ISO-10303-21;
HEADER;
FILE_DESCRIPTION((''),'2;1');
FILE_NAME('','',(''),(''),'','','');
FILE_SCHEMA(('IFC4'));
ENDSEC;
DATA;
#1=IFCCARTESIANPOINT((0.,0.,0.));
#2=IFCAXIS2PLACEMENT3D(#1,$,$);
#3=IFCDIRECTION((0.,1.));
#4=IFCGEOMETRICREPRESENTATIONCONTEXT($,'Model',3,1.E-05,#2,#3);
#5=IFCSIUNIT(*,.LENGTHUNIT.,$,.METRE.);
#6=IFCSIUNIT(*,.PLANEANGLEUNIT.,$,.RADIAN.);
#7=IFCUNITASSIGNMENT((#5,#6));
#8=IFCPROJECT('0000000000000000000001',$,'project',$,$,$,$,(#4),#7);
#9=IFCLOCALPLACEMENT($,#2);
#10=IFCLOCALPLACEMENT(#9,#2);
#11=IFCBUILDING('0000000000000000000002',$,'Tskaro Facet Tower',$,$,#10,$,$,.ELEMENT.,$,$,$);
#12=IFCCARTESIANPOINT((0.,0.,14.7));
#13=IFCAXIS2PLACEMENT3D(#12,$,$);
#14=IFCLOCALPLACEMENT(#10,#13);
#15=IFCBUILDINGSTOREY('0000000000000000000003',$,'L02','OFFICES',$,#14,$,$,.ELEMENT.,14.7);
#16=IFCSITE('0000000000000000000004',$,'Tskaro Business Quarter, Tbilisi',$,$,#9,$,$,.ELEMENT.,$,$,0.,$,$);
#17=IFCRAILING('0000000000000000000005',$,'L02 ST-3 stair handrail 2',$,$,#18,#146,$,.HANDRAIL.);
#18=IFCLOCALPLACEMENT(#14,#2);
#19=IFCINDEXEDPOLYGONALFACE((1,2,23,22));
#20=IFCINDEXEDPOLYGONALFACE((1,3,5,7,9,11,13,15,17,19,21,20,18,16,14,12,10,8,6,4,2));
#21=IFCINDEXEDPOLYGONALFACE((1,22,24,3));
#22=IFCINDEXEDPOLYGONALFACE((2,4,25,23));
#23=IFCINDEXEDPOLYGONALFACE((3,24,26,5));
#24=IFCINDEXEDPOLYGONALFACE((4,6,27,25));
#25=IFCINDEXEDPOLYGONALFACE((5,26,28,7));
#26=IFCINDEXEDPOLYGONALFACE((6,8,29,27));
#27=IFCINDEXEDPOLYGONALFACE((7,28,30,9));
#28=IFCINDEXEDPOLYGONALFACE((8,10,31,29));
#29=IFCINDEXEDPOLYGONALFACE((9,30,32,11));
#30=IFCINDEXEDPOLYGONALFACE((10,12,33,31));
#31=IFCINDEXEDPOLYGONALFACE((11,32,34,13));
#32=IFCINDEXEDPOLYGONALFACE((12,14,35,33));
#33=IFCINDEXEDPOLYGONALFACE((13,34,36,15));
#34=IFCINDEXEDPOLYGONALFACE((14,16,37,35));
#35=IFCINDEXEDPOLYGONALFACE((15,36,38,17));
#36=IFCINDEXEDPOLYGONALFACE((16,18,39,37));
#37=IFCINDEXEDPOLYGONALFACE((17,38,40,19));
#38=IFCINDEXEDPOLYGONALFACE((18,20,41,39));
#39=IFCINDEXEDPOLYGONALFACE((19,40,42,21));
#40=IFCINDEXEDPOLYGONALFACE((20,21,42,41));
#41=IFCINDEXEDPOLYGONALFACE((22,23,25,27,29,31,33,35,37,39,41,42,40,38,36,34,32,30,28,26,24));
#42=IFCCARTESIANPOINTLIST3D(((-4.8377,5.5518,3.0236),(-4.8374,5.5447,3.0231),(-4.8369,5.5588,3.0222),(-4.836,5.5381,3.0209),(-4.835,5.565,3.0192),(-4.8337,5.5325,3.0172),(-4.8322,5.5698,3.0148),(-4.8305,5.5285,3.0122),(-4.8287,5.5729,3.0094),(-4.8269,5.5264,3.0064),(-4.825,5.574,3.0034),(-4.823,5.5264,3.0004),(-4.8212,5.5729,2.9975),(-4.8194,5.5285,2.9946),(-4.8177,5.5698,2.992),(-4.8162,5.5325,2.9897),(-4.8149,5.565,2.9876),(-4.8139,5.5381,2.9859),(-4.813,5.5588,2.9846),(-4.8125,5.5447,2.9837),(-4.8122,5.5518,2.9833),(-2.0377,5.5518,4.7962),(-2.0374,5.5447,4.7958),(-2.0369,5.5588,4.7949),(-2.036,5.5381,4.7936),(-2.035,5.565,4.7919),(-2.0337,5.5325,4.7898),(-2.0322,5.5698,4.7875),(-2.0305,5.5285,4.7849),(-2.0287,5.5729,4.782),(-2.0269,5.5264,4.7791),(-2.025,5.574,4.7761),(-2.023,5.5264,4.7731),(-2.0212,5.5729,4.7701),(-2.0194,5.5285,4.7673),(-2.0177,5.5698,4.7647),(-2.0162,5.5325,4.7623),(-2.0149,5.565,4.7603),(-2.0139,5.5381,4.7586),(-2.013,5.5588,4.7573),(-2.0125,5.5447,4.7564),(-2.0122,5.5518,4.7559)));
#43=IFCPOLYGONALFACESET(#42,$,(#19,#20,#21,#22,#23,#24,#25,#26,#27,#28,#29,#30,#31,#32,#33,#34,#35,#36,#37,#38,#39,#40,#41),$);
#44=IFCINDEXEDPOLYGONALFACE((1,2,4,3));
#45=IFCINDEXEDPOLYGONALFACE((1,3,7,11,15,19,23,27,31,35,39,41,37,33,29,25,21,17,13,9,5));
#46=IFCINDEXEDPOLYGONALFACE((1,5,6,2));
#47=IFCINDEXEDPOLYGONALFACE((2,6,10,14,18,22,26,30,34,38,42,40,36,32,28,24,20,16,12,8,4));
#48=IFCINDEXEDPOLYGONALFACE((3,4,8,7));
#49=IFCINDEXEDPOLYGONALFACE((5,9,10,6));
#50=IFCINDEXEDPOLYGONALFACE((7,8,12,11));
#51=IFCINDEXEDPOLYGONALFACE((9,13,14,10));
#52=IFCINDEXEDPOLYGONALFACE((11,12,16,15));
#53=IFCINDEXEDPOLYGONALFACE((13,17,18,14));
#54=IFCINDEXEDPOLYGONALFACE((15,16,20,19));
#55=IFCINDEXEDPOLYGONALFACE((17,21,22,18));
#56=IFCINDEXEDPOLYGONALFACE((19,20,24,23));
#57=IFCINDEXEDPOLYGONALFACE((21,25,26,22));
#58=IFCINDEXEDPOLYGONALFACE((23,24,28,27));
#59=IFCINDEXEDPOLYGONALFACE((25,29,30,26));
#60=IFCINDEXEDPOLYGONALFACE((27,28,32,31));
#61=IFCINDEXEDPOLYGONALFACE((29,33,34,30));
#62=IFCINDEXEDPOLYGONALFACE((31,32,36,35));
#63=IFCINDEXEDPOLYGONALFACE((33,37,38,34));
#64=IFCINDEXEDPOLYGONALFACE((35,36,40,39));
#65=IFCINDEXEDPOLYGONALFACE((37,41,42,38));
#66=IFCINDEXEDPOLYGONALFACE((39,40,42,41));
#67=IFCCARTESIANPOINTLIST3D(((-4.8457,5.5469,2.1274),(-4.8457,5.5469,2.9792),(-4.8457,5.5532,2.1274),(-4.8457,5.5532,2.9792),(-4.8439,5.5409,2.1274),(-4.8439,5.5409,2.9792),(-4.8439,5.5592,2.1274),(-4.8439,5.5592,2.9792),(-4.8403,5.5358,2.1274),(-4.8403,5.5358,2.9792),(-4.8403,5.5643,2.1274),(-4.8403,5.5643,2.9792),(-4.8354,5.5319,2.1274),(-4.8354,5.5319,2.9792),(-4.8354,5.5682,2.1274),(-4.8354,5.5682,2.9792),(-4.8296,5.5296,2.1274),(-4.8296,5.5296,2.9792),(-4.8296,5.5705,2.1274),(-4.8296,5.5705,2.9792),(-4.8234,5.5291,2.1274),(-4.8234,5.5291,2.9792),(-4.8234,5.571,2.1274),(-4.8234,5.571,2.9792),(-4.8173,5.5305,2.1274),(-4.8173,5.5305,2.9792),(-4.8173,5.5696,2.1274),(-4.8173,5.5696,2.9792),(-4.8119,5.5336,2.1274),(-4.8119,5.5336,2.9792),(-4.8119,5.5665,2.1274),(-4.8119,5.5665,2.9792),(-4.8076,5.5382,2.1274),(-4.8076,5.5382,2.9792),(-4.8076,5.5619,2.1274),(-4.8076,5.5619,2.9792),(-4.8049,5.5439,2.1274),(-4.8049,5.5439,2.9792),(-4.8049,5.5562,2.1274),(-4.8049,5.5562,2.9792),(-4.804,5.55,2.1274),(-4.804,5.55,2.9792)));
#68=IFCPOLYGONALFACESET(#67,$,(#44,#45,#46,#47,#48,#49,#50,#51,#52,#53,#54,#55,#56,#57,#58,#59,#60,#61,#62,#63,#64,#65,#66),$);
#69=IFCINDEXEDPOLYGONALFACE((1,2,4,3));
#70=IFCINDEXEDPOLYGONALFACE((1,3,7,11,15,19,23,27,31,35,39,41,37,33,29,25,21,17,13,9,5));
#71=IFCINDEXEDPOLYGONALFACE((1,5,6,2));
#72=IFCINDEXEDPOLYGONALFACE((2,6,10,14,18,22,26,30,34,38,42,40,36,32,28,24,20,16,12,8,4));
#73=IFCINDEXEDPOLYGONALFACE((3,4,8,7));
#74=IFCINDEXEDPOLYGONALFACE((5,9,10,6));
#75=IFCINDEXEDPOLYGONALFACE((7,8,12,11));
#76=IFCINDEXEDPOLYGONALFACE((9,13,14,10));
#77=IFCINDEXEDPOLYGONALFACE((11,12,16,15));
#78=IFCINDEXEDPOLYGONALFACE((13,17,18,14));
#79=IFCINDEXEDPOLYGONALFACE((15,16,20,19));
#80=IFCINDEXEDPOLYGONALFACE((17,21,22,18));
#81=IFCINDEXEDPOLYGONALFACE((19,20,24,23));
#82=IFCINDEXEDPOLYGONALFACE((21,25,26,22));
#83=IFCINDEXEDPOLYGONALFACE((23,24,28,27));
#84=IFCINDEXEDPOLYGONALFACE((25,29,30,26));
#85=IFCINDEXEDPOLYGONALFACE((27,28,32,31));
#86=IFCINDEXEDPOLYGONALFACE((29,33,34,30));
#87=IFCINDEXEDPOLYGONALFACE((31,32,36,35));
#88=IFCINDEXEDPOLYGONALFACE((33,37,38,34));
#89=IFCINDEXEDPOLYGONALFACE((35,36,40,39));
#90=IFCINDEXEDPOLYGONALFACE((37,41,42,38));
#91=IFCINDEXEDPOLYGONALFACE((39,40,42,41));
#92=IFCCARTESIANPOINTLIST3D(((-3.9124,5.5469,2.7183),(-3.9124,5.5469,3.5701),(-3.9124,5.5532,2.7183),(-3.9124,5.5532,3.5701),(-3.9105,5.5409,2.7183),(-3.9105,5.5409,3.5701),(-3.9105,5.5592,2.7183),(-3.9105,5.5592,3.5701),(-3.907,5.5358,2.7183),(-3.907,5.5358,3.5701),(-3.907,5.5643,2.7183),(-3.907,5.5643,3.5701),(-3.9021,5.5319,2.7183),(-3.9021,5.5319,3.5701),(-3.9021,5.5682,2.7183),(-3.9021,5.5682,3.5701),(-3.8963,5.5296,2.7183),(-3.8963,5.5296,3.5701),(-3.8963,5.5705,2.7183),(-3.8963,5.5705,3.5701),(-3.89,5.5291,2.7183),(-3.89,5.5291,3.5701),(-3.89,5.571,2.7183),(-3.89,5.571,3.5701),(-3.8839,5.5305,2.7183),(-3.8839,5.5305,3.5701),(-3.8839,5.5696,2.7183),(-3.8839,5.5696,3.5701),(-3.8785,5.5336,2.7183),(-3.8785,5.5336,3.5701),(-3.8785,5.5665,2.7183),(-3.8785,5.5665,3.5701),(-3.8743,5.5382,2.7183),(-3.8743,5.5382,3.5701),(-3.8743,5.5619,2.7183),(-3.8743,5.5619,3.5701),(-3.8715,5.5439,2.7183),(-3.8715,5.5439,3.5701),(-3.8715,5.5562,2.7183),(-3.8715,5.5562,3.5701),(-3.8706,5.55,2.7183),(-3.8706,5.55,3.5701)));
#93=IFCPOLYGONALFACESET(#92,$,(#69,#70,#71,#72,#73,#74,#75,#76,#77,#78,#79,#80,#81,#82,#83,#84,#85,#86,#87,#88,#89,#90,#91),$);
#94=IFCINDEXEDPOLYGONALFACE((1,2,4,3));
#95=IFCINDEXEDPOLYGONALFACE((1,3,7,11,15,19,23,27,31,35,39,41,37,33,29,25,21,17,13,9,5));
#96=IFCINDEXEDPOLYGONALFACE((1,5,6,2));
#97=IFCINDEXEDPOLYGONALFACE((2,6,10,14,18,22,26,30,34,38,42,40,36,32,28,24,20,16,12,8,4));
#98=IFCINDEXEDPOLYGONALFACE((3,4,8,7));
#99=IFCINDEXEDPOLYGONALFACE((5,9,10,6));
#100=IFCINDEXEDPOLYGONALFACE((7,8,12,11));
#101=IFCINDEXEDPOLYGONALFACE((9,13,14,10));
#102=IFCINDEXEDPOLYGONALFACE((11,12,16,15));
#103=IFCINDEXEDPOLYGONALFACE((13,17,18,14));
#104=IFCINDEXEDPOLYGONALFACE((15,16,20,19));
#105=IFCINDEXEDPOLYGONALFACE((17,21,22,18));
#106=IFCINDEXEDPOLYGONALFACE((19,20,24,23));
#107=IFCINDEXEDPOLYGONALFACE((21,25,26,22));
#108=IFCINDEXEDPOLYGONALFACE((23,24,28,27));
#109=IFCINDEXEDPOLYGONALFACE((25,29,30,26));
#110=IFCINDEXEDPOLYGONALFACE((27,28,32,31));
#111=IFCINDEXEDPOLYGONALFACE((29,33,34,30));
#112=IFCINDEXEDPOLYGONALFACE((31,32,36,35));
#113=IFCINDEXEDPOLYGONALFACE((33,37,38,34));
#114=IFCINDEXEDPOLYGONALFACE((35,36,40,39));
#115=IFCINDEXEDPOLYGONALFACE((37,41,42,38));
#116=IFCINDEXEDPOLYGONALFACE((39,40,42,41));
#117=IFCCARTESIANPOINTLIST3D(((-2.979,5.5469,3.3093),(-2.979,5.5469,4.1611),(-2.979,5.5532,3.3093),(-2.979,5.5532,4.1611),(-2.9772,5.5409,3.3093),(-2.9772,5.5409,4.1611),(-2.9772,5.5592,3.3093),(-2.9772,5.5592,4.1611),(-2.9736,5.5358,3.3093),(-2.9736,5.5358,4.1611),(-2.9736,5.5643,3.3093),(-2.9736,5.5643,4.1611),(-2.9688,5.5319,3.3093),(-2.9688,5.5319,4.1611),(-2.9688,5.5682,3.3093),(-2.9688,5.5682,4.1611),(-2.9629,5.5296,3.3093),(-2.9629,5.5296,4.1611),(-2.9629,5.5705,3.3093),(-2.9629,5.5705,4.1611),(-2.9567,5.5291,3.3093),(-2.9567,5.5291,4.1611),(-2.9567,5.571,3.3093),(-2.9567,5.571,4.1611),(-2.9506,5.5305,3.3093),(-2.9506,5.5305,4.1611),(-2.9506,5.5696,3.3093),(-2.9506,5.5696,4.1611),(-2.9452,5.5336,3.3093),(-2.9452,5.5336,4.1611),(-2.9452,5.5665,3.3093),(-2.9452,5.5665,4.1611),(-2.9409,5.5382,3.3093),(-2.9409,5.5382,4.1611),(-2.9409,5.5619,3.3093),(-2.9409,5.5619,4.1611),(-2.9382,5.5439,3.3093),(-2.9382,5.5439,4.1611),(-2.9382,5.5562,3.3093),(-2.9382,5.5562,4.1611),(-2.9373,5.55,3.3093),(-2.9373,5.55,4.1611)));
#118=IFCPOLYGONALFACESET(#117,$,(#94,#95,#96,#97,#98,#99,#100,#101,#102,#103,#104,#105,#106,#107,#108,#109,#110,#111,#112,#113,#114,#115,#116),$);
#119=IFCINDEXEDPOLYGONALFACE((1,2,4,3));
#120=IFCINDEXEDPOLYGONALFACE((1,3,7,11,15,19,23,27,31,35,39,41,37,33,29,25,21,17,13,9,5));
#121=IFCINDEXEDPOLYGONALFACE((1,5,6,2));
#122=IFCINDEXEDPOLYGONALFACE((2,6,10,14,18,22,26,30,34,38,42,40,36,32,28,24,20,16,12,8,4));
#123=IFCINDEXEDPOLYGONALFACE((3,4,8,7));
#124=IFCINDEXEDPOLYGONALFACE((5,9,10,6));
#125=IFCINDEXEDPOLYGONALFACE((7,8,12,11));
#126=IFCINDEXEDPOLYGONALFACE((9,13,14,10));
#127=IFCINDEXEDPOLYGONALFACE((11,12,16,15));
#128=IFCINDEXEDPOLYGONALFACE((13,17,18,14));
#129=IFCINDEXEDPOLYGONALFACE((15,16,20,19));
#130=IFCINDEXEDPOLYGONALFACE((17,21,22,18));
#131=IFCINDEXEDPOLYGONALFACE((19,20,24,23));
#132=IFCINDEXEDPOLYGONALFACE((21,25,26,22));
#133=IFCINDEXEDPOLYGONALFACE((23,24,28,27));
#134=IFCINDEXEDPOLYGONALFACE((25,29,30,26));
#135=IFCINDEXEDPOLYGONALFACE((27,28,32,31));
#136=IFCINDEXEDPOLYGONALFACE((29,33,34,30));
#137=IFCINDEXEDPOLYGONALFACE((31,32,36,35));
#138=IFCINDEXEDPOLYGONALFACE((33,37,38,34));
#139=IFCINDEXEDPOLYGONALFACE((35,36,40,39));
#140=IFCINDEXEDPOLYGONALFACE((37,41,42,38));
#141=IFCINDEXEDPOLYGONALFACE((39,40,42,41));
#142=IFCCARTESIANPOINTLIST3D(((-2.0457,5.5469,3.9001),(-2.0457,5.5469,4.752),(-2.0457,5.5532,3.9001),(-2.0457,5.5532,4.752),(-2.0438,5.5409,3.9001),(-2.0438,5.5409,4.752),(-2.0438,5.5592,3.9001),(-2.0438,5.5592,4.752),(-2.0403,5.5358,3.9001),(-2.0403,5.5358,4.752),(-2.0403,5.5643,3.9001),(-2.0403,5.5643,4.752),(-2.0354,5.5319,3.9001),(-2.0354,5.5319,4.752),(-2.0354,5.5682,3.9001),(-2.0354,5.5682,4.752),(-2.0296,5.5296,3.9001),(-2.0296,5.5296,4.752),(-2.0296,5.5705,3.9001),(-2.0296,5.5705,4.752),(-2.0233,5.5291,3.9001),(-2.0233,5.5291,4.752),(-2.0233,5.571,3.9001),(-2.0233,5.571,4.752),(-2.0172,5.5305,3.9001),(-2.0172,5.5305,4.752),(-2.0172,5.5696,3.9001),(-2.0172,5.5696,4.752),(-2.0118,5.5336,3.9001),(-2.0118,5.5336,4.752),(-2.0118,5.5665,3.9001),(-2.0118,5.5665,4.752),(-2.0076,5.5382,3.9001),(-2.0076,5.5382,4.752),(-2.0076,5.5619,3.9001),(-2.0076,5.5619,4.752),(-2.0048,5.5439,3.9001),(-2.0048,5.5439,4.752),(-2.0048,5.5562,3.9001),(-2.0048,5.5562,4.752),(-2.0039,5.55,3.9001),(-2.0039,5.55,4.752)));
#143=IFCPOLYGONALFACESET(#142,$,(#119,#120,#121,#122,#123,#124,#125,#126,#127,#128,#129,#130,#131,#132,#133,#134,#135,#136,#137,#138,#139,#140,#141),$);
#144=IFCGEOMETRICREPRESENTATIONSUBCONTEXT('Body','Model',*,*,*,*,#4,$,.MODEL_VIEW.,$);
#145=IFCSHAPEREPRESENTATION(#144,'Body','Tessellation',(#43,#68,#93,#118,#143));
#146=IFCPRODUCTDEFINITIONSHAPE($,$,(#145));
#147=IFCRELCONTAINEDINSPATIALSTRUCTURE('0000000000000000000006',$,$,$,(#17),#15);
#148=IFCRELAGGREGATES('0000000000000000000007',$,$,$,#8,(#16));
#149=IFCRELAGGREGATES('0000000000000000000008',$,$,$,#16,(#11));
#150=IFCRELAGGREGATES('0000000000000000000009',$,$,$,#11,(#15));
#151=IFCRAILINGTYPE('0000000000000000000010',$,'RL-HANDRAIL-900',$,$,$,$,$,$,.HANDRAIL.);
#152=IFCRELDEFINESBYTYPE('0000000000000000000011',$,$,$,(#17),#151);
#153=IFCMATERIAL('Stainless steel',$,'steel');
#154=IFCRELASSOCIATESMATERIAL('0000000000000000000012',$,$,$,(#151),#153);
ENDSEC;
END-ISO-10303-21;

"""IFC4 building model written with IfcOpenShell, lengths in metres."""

from ifc_helpers import new_model, si_unit, direction, frame, origin, origin_2d, place, context, subcontext, project, spatial, circle, extrude, material, type_object, element, save


model = new_model("IFC4")

# Units and contexts
model_context = context("Model", 3, precision=1e-05, world=origin(), true_north=direction((0.0, 1.0)))
body_context = subcontext(model_context, "Body", "Model", "MODEL_VIEW")
ifc_project = project(units=[si_unit("LENGTHUNIT", "METRE"), si_unit("PLANEANGLEUNIT", "RADIAN")], contexts=[model_context])

# Site, building, storey
site_placement = place(None, origin())
site = spatial("IfcSite", under=ifc_project, at=site_placement, Name="Tskaro Business Quarter, Tbilisi", CompositionType="ELEMENT", RefElevation=0.0)
building_placement = place(site_placement, origin())
building = spatial("IfcBuilding", under=site, at=building_placement, Name="Tskaro Facet Tower", CompositionType="ELEMENT")
storey_placement = place(building_placement, frame((0.0, 0.0, 14.7)))
storey = spatial("IfcBuildingStorey", under=building, at=storey_placement, Name="L02", Description="OFFICES", CompositionType="ELEMENT", Elevation=14.7)

# Railing
ifc_material_1 = material(Name="Stainless steel", Category="steel")
railing_type_1 = type_object("IfcRailingType", Name="RL-HANDRAIL-900", PredefinedType="HANDRAIL", material=ifc_material_1)
railing_1_placement = place(storey_placement, frame((-4.825, 5.55, 2.1274)))
element("IfcRailing", 1, at=railing_1_placement, inside=storey, type_object=railing_type_1, Name="L02 ST-3 stair handrail 2", PredefinedType="HANDRAIL", context=body_context, shape_type="SweptSolid", body=[
    extrude(circle(Radius=0.0239, at=origin_2d()), frame((0.0, 0.0, 0.876), z_axis=(0.844909, 0.0, 0.53491), x_axis=(0.0, 1.0, 0.0)), (0.0, 0.0, 1.0), 3.314),
    extrude(circle(Radius=0.021, at=origin_2d()), origin(), (0.0, 0.0, 1.0), 0.8518),
    extrude(circle(Radius=0.021, at=origin_2d()), frame((0.9333, 0.0, 0.5908)), (0.0, 0.0, 1.0), 0.8518),
    extrude(circle(Radius=0.021, at=origin_2d()), frame((1.8667, 0.0, 1.1819)), (0.0, 0.0, 1.0), 0.8518),
    extrude(circle(Radius=0.021, at=origin_2d()), frame((2.8, 0.0, 1.7727)), (0.0, 0.0, 1.0), 0.8518),
])

save(model, "model.ifc")
